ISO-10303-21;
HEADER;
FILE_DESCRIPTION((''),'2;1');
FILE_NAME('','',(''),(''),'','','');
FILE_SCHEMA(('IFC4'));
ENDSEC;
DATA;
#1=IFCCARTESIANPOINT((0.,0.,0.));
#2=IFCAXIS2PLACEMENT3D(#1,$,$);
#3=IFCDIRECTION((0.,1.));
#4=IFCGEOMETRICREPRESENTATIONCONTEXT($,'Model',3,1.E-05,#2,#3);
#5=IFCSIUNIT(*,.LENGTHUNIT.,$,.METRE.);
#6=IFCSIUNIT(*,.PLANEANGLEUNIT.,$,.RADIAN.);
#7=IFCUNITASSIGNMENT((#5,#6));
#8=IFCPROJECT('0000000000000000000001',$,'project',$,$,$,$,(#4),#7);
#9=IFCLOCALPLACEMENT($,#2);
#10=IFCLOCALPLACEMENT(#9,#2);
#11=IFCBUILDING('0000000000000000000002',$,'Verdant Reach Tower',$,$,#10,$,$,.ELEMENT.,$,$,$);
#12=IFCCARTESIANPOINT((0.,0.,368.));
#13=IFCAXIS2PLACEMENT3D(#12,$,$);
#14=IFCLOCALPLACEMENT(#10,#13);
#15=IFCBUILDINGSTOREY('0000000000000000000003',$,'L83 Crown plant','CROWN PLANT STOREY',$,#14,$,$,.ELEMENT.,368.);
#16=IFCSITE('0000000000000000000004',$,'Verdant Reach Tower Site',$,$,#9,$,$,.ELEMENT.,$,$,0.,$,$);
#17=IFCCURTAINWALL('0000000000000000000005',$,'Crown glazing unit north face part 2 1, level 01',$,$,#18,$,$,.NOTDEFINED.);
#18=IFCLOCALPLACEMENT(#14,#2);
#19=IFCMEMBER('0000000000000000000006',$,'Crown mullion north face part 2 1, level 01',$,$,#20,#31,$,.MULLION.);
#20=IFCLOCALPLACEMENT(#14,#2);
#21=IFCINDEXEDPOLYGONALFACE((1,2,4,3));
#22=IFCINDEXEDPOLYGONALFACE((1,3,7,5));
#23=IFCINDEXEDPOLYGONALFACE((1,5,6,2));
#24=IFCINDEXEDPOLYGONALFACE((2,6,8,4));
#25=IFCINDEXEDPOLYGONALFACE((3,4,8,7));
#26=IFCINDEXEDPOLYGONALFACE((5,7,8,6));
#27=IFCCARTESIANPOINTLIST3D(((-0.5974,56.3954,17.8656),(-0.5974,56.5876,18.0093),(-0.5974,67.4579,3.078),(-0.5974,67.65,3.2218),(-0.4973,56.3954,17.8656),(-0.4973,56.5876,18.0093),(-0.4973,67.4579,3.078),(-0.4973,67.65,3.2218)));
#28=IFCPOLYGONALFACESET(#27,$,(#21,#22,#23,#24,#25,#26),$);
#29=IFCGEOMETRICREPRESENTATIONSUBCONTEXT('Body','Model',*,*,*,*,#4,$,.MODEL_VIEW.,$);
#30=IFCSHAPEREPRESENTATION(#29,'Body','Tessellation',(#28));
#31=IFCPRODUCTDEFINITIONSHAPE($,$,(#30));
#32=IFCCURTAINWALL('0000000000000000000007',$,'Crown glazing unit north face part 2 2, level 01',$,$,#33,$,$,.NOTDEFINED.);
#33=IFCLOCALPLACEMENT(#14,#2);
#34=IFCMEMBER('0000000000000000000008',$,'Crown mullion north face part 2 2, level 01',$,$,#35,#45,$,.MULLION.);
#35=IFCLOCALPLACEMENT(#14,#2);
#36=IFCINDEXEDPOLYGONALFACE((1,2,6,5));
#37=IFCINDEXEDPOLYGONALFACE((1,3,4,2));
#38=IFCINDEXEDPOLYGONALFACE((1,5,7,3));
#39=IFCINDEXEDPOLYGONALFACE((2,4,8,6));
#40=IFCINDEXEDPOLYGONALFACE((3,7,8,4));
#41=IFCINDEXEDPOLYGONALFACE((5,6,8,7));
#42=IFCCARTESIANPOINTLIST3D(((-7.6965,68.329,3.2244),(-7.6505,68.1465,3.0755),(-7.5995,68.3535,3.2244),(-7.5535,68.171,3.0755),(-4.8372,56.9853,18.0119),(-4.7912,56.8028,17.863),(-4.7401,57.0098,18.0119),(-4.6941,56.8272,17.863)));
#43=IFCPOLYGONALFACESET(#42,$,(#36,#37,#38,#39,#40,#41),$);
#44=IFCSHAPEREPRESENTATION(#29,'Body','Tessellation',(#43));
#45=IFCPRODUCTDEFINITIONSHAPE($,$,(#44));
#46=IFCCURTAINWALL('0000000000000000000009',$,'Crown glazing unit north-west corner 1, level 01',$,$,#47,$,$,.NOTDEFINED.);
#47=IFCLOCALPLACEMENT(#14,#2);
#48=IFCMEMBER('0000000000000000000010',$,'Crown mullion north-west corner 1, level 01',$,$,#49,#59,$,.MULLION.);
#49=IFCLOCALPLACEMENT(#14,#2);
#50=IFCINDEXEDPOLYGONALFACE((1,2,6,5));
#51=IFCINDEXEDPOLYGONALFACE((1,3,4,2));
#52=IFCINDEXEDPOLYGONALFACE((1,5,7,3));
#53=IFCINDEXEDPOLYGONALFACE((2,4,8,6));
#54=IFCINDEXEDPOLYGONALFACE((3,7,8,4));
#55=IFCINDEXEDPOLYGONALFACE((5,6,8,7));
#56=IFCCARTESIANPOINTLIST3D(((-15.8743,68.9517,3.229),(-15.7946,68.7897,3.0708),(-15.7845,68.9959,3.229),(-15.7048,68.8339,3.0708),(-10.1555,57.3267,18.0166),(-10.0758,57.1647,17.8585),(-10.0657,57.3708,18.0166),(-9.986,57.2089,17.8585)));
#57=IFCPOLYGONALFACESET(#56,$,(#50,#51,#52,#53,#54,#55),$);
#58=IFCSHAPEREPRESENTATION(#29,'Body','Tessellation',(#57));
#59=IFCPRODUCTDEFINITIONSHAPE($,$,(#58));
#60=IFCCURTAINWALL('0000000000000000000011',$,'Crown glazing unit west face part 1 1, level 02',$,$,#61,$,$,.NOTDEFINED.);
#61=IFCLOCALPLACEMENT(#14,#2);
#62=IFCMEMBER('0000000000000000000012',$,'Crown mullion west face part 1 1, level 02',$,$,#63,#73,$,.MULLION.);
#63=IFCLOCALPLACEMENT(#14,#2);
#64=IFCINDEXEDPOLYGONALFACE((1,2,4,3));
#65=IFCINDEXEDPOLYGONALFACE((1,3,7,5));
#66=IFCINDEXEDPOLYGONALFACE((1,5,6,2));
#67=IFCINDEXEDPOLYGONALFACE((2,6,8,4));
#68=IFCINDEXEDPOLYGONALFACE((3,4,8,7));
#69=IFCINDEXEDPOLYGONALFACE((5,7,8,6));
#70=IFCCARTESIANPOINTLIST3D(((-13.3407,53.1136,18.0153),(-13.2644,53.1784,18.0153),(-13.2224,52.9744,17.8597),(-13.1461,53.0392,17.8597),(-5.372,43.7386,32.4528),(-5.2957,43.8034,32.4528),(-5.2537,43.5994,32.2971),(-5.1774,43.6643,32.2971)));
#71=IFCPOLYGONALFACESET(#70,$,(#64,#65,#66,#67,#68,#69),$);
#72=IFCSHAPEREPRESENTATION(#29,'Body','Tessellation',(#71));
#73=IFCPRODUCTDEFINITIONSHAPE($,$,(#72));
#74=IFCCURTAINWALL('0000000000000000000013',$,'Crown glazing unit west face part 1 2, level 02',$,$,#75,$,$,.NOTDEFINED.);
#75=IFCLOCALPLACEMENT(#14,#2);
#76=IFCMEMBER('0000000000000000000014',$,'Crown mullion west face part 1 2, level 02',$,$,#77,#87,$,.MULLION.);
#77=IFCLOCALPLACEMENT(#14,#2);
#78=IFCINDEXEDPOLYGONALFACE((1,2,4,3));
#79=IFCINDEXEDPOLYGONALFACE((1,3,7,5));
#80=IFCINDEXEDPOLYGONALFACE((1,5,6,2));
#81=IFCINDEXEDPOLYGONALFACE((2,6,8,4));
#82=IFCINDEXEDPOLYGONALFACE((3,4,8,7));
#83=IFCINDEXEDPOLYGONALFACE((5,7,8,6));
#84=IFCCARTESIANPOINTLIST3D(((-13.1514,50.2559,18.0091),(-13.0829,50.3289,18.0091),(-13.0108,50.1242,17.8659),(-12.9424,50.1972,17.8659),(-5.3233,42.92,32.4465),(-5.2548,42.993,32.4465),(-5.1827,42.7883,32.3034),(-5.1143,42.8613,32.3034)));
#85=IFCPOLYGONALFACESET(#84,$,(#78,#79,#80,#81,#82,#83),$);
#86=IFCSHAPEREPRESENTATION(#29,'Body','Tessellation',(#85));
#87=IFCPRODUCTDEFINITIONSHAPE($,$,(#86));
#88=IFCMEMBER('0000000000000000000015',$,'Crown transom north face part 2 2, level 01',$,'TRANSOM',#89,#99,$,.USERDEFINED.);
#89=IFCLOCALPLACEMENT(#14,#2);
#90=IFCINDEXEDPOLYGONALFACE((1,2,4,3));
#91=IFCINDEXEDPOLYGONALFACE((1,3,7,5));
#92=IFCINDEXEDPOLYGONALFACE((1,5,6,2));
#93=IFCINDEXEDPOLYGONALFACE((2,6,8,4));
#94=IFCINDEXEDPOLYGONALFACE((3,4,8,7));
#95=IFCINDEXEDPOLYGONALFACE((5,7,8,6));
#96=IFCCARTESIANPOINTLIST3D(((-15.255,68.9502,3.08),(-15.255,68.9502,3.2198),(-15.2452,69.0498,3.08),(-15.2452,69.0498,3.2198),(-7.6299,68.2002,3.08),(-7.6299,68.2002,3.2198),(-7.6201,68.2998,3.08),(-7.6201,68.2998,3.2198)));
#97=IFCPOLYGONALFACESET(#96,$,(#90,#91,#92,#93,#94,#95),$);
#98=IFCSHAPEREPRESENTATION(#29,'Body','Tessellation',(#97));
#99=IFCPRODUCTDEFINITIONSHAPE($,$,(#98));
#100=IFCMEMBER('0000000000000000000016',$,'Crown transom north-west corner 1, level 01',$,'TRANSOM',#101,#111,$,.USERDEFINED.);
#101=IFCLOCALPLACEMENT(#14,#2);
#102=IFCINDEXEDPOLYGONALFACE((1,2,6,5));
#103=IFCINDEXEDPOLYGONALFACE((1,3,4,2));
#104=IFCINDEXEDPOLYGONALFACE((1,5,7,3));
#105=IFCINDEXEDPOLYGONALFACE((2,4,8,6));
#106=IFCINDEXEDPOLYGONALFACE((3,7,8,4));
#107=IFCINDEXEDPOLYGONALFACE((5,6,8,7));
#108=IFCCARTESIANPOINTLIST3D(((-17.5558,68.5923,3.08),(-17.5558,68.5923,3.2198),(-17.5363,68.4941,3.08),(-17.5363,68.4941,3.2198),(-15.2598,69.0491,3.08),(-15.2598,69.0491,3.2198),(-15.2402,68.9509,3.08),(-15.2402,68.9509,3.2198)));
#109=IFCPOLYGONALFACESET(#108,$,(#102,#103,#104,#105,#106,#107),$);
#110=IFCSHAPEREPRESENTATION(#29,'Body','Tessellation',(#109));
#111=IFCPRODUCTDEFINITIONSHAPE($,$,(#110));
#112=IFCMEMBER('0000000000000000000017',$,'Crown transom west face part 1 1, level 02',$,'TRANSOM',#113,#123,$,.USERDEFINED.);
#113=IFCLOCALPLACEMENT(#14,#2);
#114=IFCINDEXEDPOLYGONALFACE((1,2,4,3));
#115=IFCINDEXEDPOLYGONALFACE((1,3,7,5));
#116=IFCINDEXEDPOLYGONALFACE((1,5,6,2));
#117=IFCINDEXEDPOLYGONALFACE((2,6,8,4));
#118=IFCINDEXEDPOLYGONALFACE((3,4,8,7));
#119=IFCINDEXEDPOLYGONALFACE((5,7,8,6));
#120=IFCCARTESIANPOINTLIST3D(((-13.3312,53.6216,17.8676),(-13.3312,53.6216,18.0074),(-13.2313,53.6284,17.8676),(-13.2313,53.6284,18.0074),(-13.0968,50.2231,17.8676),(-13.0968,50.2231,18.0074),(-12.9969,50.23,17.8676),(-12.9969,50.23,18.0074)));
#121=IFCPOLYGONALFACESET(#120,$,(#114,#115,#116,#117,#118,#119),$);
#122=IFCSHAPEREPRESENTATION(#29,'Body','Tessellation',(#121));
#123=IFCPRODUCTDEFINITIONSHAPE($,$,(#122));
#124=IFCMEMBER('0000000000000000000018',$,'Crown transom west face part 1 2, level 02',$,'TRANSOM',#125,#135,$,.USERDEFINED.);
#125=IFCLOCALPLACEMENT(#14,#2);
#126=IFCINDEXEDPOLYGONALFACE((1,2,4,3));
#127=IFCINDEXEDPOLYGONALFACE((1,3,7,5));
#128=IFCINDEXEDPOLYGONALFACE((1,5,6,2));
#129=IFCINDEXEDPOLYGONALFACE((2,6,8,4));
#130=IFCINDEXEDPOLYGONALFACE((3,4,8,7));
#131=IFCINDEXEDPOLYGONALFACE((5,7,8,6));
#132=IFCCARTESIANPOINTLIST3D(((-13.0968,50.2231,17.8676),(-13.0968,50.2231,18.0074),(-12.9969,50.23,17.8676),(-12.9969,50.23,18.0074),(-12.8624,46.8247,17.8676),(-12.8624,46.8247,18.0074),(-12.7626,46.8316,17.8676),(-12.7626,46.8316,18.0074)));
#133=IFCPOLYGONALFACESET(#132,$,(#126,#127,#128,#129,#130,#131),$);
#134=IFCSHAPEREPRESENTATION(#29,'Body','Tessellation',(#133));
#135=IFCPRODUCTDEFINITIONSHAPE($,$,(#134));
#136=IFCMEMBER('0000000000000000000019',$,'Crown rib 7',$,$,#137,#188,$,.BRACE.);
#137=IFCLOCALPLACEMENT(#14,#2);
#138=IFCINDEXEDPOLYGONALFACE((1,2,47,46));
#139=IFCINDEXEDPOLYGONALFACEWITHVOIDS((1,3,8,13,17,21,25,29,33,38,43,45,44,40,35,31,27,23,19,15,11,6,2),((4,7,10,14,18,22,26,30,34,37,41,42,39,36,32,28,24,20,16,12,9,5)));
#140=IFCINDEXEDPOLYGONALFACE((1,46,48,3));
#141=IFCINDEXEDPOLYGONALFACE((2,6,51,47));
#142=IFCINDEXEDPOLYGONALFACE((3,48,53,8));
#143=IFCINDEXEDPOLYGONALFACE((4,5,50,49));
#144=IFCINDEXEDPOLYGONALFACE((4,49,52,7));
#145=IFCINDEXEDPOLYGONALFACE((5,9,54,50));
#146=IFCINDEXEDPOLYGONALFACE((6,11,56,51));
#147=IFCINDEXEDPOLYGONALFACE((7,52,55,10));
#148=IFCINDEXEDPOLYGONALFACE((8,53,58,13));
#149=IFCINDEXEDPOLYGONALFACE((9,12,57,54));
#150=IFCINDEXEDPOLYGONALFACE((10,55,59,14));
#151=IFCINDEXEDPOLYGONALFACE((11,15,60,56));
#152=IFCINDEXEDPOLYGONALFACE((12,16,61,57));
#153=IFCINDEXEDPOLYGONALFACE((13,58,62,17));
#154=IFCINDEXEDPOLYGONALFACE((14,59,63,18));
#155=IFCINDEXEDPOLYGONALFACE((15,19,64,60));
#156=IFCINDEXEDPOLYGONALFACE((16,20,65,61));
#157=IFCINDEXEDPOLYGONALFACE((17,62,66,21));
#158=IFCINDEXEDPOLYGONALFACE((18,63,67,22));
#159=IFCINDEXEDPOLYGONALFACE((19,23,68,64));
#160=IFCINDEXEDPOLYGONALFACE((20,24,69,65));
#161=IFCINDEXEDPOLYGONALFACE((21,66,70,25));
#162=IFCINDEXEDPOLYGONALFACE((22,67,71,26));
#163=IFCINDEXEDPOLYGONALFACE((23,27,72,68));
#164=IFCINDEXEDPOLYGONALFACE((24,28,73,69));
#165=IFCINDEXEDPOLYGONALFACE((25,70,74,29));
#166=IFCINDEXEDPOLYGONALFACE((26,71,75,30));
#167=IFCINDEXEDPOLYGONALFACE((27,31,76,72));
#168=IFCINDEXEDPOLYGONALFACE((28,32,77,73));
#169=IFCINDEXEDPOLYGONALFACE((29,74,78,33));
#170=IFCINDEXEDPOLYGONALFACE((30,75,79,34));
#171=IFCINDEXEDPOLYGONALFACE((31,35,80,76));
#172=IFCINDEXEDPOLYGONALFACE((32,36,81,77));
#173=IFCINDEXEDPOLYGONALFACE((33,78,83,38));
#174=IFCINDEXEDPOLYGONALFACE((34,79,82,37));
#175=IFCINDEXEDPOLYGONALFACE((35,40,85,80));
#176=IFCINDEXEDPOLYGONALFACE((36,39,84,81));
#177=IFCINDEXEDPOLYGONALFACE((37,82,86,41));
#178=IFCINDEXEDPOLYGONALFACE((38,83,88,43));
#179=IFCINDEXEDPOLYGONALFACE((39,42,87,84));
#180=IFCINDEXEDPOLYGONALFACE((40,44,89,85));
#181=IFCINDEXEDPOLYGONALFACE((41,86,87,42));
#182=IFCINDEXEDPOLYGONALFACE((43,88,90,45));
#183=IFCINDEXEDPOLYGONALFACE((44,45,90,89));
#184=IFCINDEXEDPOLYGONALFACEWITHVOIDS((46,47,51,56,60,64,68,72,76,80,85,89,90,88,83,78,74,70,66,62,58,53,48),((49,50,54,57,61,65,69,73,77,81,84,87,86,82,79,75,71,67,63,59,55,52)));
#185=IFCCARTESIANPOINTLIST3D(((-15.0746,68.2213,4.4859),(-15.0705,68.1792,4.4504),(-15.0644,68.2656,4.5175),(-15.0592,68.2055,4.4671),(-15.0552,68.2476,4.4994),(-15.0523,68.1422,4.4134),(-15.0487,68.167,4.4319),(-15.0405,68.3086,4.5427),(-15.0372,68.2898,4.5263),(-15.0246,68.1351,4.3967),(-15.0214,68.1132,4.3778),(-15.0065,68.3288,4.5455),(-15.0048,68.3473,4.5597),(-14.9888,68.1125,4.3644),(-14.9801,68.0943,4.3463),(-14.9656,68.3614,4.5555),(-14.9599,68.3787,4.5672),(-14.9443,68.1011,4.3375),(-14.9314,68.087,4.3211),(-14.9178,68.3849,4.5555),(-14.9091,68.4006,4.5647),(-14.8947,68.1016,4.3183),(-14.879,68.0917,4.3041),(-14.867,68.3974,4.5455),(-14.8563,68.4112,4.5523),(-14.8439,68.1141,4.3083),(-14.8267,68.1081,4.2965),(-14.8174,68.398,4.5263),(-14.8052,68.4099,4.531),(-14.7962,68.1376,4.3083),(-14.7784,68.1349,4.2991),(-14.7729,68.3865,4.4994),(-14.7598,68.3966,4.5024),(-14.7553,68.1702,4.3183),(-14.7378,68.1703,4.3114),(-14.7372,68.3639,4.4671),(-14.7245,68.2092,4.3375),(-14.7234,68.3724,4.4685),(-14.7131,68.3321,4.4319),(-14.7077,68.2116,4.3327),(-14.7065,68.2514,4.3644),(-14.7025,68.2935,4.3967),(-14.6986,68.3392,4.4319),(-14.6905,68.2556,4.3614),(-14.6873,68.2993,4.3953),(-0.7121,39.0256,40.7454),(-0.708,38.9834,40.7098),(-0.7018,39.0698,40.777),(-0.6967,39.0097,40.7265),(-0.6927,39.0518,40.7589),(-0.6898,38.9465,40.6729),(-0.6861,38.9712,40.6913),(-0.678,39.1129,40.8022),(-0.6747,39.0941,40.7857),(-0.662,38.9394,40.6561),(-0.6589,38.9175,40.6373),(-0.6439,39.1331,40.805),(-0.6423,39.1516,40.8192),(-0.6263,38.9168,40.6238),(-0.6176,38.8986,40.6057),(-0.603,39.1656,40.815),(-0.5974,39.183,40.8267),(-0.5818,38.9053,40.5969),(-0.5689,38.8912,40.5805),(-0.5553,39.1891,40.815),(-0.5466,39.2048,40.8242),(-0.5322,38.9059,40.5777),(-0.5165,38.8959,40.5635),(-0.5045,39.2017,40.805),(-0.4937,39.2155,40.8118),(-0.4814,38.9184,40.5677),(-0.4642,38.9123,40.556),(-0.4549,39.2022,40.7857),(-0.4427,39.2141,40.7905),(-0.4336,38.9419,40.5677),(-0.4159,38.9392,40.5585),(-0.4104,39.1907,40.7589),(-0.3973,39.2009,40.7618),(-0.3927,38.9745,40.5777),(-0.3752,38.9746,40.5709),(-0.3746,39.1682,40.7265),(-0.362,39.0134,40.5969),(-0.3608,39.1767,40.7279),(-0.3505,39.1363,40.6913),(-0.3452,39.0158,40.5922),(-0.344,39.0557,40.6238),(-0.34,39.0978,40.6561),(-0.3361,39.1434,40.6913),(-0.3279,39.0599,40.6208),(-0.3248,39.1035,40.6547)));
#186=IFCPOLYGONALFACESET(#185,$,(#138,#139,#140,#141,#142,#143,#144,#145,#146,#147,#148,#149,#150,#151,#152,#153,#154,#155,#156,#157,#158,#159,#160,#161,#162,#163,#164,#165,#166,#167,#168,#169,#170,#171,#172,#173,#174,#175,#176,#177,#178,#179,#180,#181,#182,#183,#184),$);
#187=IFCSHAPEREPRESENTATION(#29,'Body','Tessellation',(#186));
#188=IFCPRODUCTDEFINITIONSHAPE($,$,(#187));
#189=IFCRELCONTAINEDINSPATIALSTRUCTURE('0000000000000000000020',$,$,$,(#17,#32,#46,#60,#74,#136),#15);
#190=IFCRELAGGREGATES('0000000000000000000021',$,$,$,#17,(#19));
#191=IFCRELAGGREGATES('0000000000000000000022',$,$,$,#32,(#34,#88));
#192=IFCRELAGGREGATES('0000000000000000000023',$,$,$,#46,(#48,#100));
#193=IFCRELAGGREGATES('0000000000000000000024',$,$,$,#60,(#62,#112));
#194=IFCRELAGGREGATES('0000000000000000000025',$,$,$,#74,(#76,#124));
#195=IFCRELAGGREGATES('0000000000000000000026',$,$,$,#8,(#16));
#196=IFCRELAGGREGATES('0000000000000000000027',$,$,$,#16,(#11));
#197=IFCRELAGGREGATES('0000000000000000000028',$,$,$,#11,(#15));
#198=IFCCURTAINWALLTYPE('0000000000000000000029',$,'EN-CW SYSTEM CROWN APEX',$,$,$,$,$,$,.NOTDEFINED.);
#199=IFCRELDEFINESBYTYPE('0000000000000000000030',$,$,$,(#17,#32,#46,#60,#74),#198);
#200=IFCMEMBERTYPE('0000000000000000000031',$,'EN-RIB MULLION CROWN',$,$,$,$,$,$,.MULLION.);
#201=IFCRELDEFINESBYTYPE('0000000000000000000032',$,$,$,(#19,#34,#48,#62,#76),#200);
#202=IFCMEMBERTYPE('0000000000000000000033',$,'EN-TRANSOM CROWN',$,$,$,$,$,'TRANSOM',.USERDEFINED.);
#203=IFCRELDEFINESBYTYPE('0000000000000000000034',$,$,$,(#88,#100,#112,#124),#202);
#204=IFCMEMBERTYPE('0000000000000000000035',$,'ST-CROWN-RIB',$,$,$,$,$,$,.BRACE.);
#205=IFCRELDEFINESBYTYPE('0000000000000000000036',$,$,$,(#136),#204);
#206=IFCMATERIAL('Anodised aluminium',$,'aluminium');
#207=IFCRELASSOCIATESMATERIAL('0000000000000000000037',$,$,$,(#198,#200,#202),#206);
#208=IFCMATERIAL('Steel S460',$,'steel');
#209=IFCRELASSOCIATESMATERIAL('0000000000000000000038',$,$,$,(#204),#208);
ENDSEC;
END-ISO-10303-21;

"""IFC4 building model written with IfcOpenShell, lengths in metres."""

from ifc_helpers import new_model, si_unit, direction, frame, origin, origin_2d, place, context, subcontext, project, spatial, rectangle, hollow_circle, extrude, material, material_profile, profile_set, type_object, element, aggregate, save


model = new_model("IFC4")

# Units and contexts
model_context = context("Model", 3, precision=1e-05, world=origin(), true_north=direction((0.0, 1.0)))
body_context = subcontext(model_context, "Body", "Model", "MODEL_VIEW")
ifc_project = project(units=[si_unit("LENGTHUNIT", "METRE"), si_unit("PLANEANGLEUNIT", "RADIAN")], contexts=[model_context])

# Site, building, storey
site_placement = place(None, origin())
site = spatial("IfcSite", under=ifc_project, at=site_placement, Name="Verdant Reach Tower Site", CompositionType="ELEMENT", RefElevation=0.0)
building_placement = place(site_placement, origin())
building = spatial("IfcBuilding", under=site, at=building_placement, Name="Verdant Reach Tower", CompositionType="ELEMENT")
storey_placement = place(building_placement, frame((0.0, 0.0, 368.0)))
storey = spatial("IfcBuildingStorey", under=building, at=storey_placement, Name="L83 Crown plant", Description="CROWN PLANT STOREY", CompositionType="ELEMENT", Elevation=368.0)

# Curtain walls, members
ifc_material_1 = material(Name="Anodised aluminium", Category="aluminium")
curtain_wall_type = type_object("IfcCurtainWallType", Name="EN-CW SYSTEM CROWN APEX", PredefinedType="NOTDEFINED", material=ifc_material_1)
curtain_wall_1_placement = place(storey_placement, origin())
curtain_wall_1 = element("IfcCurtainWall", 1, at=curtain_wall_1_placement, inside=storey, type_object=curtain_wall_type, Name="Crown glazing unit north face part 2 1, level 01", PredefinedType="NOTDEFINED")
ifc_material_profile_1 = material_profile(ifc_material_1, rectangle(XDim=0.1001, YDim=0.24, at=origin_2d()), Name="Mullion 100x240")
ifc_profile_set_1 = profile_set([ifc_material_profile_1], Name="Anodised aluminium")
member_type_1 = type_object("IfcMemberType", Name="EN-RIB MULLION CROWN", PredefinedType="MULLION", material=ifc_profile_set_1)
member_1_placement = place(storey_placement, frame((-0.5474, 67.554, 3.1499), z_axis=(0.0, -0.599022, 0.800732), x_axis=(1.0, 0.0, 0.0)))
member_1 = element("IfcMember", 2, at=member_1_placement, type_object=member_type_1, Name="Crown mullion north face part 2 1, level 01", PredefinedType="MULLION", context=body_context, shape_type="SweptSolid", body=[
    extrude(rectangle(XDim=0.1001, YDim=0.24, at=origin_2d()), origin(), (0.0, 0.0, 1.0), 18.4675),
])
aggregate(curtain_wall_1, [member_1])
curtain_wall_2_placement = place(storey_placement, origin())
curtain_wall_2 = element("IfcCurtainWall", 3, at=curtain_wall_2_placement, inside=storey, type_object=curtain_wall_type, Name="Crown glazing unit north face part 2 2, level 01", PredefinedType="NOTDEFINED")
member_2_placement = place(storey_placement, frame((-7.625, 68.25, 3.1499), z_axis=(0.151647, -0.601615, 0.784259), x_axis=(0.969669, 0.244421, 0.0)))
member_2 = element("IfcMember", 4, at=member_2_placement, type_object=member_type_1, Name="Crown mullion north face part 2 2, level 01", PredefinedType="MULLION", context=body_context, shape_type="SweptSolid", body=[
    extrude(rectangle(XDim=0.1001, YDim=0.24, at=origin_2d()), origin(), (0.0, 0.0, 1.0), 18.8555),
])
curtain_wall_3_placement = place(storey_placement, origin())
curtain_wall_3 = element("IfcCurtainWall", 5, at=curtain_wall_3_placement, inside=storey, type_object=curtain_wall_type, Name="Crown glazing unit north-west corner 1, level 01", PredefinedType="NOTDEFINED")
member_3_placement = place(storey_placement, frame((-15.7896, 68.8928, 3.1499), z_axis=(0.290882, -0.5913, 0.752165), x_axis=(0.897303, 0.441415, 0.0)))
member_3 = element("IfcMember", 6, at=member_3_placement, type_object=member_type_1, Name="Crown mullion north-west corner 1, level 01", PredefinedType="MULLION", context=body_context, shape_type="SweptSolid", body=[
    extrude(rectangle(XDim=0.1001, YDim=0.24, at=origin_2d()), origin(), (0.0, 0.0, 1.0), 19.6602),
])
curtain_wall_4_placement = place(storey_placement, origin())
curtain_wall_4 = element("IfcCurtainWall", 7, at=curtain_wall_4_placement, inside=storey, type_object=curtain_wall_type, Name="Crown glazing unit west face part 1 1, level 02", PredefinedType="NOTDEFINED")
member_4_placement = place(storey_placement, frame((-13.2434, 53.0764, 17.9375), z_axis=(0.420087, -0.494221, 0.7611), x_axis=(0.761939, 0.647648, 0.0)))
member_4 = element("IfcMember", 8, at=member_4_placement, type_object=member_type_1, Name="Crown mullion west face part 1 1, level 02", PredefinedType="MULLION", context=body_context, shape_type="SweptSolid", body=[
    extrude(rectangle(XDim=0.1001, YDim=0.24, at=origin_2d()), origin(), (0.0, 0.0, 1.0), 18.9692),
])
curtain_wall_5_placement = place(storey_placement, origin())
curtain_wall_5 = element("IfcCurtainWall", 9, at=curtain_wall_5_placement, inside=storey, type_object=curtain_wall_type, Name="Crown glazing unit west face part 1 2, level 02", PredefinedType="NOTDEFINED")
member_5_placement = place(storey_placement, frame((-13.0469, 50.2266, 17.9375), z_axis=(0.435207, -0.407844, 0.802657), x_axis=(0.683796, 0.729673, 0.0)))
member_5 = element("IfcMember", 10, at=member_5_placement, type_object=member_type_1, Name="Crown mullion west face part 1 2, level 02", PredefinedType="MULLION", context=body_context, shape_type="SweptSolid", body=[
    extrude(rectangle(XDim=0.1001, YDim=0.24, at=origin_2d()), origin(), (0.0, 0.0, 1.0), 17.9871),
])

# Members
ifc_material_profile_2 = material_profile(ifc_material_1, rectangle(XDim=0.1001, YDim=0.1399, at=origin_2d()), Name="Transom 140x100")
ifc_profile_set_2 = profile_set([ifc_material_profile_2], Name="Anodised aluminium")
member_type_2 = type_object("IfcMemberType", Name="EN-TRANSOM CROWN", ElementType="TRANSOM", PredefinedType="USERDEFINED", material=ifc_profile_set_2)
member_6_placement = place(storey_placement, frame((-7.625, 68.25, 3.1499), z_axis=(-0.995197, 0.097888, 0.0), x_axis=(-0.097888, -0.995197, 0.0)))
member_6 = element("IfcMember", 11, at=member_6_placement, type_object=member_type_2, Name="Crown transom north face part 2 2, level 01", ObjectType="TRANSOM", PredefinedType="USERDEFINED", context=body_context, shape_type="SweptSolid", body=[
    extrude(rectangle(XDim=0.1001, YDim=0.1399, at=origin_2d()), origin(), (0.0, 0.0, 1.0), 7.6619),
])
member_7_placement = place(storey_placement, frame((-15.25, 69.0, 3.1499), z_axis=(-0.980781, -0.195113, 0.0), x_axis=(0.195113, -0.980781, 0.0)))
member_7 = element("IfcMember", 12, at=member_7_placement, type_object=member_type_2, Name="Crown transom north-west corner 1, level 01", ObjectType="TRANSOM", PredefinedType="USERDEFINED", context=body_context, shape_type="SweptSolid", body=[
    extrude(rectangle(XDim=0.1001, YDim=0.1399, at=origin_2d()), origin(), (0.0, 0.0, 1.0), 2.3411),
])
member_8_placement = place(storey_placement, frame((-13.2812, 53.625, 17.9375), z_axis=(0.068802, -0.99763, 0.0), x_axis=(0.99763, 0.068802, 0.0)))
member_8 = element("IfcMember", 13, at=member_8_placement, type_object=member_type_2, Name="Crown transom west face part 1 1, level 02", ObjectType="TRANSOM", PredefinedType="USERDEFINED", context=body_context, shape_type="SweptSolid", body=[
    extrude(rectangle(XDim=0.1001, YDim=0.1399, at=origin_2d()), origin(), (0.0, 0.0, 1.0), 3.4065),
])
member_9_placement = place(storey_placement, frame((-13.0469, 50.2266, 17.9375), z_axis=(0.068802, -0.99763, 0.0), x_axis=(0.99763, 0.068802, 0.0)))
member_9 = element("IfcMember", 14, at=member_9_placement, type_object=member_type_2, Name="Crown transom west face part 1 2, level 02", ObjectType="TRANSOM", PredefinedType="USERDEFINED", context=body_context, shape_type="SweptSolid", body=[
    extrude(rectangle(XDim=0.1001, YDim=0.1399, at=origin_2d()), origin(), (0.0, 0.0, 1.0), 3.4065),
])

# Member
ifc_material_2 = material(Name="Steel S460", Category="steel")
ifc_material_profile_3 = material_profile(ifc_material_2, hollow_circle(Radius=0.2031, WallThickness=0.0161, at=origin_2d()), Name="CHS 406.4x16")
ifc_profile_set_3 = profile_set([ifc_material_profile_3], Name="Steel S460")
member_type_3 = type_object("IfcMemberType", Name="ST-CROWN-RIB", PredefinedType="BRACE", material=ifc_profile_set_3)
member_10_placement = place(storey_placement, frame((-14.8809, 68.2495, 4.4319), z_axis=(0.294811, -0.599283, 0.744276), x_axis=(0.897302, 0.441418, 0.0)))
element("IfcMember", 15, at=member_10_placement, inside=storey, type_object=member_type_3, Name="Crown rib 7", PredefinedType="BRACE", context=body_context, shape_type="SweptSolid", body=[
    extrude(hollow_circle(Radius=0.2031, WallThickness=0.0161, at=origin_2d()), origin(), (0.0, 0.0, 1.0), 48.7178),
])

aggregate(curtain_wall_2, [member_2, member_6])
aggregate(curtain_wall_3, [member_3, member_7])

aggregate(curtain_wall_4, [member_4, member_8])
aggregate(curtain_wall_5, [member_5, member_9])

save(model, "model.ifc")
